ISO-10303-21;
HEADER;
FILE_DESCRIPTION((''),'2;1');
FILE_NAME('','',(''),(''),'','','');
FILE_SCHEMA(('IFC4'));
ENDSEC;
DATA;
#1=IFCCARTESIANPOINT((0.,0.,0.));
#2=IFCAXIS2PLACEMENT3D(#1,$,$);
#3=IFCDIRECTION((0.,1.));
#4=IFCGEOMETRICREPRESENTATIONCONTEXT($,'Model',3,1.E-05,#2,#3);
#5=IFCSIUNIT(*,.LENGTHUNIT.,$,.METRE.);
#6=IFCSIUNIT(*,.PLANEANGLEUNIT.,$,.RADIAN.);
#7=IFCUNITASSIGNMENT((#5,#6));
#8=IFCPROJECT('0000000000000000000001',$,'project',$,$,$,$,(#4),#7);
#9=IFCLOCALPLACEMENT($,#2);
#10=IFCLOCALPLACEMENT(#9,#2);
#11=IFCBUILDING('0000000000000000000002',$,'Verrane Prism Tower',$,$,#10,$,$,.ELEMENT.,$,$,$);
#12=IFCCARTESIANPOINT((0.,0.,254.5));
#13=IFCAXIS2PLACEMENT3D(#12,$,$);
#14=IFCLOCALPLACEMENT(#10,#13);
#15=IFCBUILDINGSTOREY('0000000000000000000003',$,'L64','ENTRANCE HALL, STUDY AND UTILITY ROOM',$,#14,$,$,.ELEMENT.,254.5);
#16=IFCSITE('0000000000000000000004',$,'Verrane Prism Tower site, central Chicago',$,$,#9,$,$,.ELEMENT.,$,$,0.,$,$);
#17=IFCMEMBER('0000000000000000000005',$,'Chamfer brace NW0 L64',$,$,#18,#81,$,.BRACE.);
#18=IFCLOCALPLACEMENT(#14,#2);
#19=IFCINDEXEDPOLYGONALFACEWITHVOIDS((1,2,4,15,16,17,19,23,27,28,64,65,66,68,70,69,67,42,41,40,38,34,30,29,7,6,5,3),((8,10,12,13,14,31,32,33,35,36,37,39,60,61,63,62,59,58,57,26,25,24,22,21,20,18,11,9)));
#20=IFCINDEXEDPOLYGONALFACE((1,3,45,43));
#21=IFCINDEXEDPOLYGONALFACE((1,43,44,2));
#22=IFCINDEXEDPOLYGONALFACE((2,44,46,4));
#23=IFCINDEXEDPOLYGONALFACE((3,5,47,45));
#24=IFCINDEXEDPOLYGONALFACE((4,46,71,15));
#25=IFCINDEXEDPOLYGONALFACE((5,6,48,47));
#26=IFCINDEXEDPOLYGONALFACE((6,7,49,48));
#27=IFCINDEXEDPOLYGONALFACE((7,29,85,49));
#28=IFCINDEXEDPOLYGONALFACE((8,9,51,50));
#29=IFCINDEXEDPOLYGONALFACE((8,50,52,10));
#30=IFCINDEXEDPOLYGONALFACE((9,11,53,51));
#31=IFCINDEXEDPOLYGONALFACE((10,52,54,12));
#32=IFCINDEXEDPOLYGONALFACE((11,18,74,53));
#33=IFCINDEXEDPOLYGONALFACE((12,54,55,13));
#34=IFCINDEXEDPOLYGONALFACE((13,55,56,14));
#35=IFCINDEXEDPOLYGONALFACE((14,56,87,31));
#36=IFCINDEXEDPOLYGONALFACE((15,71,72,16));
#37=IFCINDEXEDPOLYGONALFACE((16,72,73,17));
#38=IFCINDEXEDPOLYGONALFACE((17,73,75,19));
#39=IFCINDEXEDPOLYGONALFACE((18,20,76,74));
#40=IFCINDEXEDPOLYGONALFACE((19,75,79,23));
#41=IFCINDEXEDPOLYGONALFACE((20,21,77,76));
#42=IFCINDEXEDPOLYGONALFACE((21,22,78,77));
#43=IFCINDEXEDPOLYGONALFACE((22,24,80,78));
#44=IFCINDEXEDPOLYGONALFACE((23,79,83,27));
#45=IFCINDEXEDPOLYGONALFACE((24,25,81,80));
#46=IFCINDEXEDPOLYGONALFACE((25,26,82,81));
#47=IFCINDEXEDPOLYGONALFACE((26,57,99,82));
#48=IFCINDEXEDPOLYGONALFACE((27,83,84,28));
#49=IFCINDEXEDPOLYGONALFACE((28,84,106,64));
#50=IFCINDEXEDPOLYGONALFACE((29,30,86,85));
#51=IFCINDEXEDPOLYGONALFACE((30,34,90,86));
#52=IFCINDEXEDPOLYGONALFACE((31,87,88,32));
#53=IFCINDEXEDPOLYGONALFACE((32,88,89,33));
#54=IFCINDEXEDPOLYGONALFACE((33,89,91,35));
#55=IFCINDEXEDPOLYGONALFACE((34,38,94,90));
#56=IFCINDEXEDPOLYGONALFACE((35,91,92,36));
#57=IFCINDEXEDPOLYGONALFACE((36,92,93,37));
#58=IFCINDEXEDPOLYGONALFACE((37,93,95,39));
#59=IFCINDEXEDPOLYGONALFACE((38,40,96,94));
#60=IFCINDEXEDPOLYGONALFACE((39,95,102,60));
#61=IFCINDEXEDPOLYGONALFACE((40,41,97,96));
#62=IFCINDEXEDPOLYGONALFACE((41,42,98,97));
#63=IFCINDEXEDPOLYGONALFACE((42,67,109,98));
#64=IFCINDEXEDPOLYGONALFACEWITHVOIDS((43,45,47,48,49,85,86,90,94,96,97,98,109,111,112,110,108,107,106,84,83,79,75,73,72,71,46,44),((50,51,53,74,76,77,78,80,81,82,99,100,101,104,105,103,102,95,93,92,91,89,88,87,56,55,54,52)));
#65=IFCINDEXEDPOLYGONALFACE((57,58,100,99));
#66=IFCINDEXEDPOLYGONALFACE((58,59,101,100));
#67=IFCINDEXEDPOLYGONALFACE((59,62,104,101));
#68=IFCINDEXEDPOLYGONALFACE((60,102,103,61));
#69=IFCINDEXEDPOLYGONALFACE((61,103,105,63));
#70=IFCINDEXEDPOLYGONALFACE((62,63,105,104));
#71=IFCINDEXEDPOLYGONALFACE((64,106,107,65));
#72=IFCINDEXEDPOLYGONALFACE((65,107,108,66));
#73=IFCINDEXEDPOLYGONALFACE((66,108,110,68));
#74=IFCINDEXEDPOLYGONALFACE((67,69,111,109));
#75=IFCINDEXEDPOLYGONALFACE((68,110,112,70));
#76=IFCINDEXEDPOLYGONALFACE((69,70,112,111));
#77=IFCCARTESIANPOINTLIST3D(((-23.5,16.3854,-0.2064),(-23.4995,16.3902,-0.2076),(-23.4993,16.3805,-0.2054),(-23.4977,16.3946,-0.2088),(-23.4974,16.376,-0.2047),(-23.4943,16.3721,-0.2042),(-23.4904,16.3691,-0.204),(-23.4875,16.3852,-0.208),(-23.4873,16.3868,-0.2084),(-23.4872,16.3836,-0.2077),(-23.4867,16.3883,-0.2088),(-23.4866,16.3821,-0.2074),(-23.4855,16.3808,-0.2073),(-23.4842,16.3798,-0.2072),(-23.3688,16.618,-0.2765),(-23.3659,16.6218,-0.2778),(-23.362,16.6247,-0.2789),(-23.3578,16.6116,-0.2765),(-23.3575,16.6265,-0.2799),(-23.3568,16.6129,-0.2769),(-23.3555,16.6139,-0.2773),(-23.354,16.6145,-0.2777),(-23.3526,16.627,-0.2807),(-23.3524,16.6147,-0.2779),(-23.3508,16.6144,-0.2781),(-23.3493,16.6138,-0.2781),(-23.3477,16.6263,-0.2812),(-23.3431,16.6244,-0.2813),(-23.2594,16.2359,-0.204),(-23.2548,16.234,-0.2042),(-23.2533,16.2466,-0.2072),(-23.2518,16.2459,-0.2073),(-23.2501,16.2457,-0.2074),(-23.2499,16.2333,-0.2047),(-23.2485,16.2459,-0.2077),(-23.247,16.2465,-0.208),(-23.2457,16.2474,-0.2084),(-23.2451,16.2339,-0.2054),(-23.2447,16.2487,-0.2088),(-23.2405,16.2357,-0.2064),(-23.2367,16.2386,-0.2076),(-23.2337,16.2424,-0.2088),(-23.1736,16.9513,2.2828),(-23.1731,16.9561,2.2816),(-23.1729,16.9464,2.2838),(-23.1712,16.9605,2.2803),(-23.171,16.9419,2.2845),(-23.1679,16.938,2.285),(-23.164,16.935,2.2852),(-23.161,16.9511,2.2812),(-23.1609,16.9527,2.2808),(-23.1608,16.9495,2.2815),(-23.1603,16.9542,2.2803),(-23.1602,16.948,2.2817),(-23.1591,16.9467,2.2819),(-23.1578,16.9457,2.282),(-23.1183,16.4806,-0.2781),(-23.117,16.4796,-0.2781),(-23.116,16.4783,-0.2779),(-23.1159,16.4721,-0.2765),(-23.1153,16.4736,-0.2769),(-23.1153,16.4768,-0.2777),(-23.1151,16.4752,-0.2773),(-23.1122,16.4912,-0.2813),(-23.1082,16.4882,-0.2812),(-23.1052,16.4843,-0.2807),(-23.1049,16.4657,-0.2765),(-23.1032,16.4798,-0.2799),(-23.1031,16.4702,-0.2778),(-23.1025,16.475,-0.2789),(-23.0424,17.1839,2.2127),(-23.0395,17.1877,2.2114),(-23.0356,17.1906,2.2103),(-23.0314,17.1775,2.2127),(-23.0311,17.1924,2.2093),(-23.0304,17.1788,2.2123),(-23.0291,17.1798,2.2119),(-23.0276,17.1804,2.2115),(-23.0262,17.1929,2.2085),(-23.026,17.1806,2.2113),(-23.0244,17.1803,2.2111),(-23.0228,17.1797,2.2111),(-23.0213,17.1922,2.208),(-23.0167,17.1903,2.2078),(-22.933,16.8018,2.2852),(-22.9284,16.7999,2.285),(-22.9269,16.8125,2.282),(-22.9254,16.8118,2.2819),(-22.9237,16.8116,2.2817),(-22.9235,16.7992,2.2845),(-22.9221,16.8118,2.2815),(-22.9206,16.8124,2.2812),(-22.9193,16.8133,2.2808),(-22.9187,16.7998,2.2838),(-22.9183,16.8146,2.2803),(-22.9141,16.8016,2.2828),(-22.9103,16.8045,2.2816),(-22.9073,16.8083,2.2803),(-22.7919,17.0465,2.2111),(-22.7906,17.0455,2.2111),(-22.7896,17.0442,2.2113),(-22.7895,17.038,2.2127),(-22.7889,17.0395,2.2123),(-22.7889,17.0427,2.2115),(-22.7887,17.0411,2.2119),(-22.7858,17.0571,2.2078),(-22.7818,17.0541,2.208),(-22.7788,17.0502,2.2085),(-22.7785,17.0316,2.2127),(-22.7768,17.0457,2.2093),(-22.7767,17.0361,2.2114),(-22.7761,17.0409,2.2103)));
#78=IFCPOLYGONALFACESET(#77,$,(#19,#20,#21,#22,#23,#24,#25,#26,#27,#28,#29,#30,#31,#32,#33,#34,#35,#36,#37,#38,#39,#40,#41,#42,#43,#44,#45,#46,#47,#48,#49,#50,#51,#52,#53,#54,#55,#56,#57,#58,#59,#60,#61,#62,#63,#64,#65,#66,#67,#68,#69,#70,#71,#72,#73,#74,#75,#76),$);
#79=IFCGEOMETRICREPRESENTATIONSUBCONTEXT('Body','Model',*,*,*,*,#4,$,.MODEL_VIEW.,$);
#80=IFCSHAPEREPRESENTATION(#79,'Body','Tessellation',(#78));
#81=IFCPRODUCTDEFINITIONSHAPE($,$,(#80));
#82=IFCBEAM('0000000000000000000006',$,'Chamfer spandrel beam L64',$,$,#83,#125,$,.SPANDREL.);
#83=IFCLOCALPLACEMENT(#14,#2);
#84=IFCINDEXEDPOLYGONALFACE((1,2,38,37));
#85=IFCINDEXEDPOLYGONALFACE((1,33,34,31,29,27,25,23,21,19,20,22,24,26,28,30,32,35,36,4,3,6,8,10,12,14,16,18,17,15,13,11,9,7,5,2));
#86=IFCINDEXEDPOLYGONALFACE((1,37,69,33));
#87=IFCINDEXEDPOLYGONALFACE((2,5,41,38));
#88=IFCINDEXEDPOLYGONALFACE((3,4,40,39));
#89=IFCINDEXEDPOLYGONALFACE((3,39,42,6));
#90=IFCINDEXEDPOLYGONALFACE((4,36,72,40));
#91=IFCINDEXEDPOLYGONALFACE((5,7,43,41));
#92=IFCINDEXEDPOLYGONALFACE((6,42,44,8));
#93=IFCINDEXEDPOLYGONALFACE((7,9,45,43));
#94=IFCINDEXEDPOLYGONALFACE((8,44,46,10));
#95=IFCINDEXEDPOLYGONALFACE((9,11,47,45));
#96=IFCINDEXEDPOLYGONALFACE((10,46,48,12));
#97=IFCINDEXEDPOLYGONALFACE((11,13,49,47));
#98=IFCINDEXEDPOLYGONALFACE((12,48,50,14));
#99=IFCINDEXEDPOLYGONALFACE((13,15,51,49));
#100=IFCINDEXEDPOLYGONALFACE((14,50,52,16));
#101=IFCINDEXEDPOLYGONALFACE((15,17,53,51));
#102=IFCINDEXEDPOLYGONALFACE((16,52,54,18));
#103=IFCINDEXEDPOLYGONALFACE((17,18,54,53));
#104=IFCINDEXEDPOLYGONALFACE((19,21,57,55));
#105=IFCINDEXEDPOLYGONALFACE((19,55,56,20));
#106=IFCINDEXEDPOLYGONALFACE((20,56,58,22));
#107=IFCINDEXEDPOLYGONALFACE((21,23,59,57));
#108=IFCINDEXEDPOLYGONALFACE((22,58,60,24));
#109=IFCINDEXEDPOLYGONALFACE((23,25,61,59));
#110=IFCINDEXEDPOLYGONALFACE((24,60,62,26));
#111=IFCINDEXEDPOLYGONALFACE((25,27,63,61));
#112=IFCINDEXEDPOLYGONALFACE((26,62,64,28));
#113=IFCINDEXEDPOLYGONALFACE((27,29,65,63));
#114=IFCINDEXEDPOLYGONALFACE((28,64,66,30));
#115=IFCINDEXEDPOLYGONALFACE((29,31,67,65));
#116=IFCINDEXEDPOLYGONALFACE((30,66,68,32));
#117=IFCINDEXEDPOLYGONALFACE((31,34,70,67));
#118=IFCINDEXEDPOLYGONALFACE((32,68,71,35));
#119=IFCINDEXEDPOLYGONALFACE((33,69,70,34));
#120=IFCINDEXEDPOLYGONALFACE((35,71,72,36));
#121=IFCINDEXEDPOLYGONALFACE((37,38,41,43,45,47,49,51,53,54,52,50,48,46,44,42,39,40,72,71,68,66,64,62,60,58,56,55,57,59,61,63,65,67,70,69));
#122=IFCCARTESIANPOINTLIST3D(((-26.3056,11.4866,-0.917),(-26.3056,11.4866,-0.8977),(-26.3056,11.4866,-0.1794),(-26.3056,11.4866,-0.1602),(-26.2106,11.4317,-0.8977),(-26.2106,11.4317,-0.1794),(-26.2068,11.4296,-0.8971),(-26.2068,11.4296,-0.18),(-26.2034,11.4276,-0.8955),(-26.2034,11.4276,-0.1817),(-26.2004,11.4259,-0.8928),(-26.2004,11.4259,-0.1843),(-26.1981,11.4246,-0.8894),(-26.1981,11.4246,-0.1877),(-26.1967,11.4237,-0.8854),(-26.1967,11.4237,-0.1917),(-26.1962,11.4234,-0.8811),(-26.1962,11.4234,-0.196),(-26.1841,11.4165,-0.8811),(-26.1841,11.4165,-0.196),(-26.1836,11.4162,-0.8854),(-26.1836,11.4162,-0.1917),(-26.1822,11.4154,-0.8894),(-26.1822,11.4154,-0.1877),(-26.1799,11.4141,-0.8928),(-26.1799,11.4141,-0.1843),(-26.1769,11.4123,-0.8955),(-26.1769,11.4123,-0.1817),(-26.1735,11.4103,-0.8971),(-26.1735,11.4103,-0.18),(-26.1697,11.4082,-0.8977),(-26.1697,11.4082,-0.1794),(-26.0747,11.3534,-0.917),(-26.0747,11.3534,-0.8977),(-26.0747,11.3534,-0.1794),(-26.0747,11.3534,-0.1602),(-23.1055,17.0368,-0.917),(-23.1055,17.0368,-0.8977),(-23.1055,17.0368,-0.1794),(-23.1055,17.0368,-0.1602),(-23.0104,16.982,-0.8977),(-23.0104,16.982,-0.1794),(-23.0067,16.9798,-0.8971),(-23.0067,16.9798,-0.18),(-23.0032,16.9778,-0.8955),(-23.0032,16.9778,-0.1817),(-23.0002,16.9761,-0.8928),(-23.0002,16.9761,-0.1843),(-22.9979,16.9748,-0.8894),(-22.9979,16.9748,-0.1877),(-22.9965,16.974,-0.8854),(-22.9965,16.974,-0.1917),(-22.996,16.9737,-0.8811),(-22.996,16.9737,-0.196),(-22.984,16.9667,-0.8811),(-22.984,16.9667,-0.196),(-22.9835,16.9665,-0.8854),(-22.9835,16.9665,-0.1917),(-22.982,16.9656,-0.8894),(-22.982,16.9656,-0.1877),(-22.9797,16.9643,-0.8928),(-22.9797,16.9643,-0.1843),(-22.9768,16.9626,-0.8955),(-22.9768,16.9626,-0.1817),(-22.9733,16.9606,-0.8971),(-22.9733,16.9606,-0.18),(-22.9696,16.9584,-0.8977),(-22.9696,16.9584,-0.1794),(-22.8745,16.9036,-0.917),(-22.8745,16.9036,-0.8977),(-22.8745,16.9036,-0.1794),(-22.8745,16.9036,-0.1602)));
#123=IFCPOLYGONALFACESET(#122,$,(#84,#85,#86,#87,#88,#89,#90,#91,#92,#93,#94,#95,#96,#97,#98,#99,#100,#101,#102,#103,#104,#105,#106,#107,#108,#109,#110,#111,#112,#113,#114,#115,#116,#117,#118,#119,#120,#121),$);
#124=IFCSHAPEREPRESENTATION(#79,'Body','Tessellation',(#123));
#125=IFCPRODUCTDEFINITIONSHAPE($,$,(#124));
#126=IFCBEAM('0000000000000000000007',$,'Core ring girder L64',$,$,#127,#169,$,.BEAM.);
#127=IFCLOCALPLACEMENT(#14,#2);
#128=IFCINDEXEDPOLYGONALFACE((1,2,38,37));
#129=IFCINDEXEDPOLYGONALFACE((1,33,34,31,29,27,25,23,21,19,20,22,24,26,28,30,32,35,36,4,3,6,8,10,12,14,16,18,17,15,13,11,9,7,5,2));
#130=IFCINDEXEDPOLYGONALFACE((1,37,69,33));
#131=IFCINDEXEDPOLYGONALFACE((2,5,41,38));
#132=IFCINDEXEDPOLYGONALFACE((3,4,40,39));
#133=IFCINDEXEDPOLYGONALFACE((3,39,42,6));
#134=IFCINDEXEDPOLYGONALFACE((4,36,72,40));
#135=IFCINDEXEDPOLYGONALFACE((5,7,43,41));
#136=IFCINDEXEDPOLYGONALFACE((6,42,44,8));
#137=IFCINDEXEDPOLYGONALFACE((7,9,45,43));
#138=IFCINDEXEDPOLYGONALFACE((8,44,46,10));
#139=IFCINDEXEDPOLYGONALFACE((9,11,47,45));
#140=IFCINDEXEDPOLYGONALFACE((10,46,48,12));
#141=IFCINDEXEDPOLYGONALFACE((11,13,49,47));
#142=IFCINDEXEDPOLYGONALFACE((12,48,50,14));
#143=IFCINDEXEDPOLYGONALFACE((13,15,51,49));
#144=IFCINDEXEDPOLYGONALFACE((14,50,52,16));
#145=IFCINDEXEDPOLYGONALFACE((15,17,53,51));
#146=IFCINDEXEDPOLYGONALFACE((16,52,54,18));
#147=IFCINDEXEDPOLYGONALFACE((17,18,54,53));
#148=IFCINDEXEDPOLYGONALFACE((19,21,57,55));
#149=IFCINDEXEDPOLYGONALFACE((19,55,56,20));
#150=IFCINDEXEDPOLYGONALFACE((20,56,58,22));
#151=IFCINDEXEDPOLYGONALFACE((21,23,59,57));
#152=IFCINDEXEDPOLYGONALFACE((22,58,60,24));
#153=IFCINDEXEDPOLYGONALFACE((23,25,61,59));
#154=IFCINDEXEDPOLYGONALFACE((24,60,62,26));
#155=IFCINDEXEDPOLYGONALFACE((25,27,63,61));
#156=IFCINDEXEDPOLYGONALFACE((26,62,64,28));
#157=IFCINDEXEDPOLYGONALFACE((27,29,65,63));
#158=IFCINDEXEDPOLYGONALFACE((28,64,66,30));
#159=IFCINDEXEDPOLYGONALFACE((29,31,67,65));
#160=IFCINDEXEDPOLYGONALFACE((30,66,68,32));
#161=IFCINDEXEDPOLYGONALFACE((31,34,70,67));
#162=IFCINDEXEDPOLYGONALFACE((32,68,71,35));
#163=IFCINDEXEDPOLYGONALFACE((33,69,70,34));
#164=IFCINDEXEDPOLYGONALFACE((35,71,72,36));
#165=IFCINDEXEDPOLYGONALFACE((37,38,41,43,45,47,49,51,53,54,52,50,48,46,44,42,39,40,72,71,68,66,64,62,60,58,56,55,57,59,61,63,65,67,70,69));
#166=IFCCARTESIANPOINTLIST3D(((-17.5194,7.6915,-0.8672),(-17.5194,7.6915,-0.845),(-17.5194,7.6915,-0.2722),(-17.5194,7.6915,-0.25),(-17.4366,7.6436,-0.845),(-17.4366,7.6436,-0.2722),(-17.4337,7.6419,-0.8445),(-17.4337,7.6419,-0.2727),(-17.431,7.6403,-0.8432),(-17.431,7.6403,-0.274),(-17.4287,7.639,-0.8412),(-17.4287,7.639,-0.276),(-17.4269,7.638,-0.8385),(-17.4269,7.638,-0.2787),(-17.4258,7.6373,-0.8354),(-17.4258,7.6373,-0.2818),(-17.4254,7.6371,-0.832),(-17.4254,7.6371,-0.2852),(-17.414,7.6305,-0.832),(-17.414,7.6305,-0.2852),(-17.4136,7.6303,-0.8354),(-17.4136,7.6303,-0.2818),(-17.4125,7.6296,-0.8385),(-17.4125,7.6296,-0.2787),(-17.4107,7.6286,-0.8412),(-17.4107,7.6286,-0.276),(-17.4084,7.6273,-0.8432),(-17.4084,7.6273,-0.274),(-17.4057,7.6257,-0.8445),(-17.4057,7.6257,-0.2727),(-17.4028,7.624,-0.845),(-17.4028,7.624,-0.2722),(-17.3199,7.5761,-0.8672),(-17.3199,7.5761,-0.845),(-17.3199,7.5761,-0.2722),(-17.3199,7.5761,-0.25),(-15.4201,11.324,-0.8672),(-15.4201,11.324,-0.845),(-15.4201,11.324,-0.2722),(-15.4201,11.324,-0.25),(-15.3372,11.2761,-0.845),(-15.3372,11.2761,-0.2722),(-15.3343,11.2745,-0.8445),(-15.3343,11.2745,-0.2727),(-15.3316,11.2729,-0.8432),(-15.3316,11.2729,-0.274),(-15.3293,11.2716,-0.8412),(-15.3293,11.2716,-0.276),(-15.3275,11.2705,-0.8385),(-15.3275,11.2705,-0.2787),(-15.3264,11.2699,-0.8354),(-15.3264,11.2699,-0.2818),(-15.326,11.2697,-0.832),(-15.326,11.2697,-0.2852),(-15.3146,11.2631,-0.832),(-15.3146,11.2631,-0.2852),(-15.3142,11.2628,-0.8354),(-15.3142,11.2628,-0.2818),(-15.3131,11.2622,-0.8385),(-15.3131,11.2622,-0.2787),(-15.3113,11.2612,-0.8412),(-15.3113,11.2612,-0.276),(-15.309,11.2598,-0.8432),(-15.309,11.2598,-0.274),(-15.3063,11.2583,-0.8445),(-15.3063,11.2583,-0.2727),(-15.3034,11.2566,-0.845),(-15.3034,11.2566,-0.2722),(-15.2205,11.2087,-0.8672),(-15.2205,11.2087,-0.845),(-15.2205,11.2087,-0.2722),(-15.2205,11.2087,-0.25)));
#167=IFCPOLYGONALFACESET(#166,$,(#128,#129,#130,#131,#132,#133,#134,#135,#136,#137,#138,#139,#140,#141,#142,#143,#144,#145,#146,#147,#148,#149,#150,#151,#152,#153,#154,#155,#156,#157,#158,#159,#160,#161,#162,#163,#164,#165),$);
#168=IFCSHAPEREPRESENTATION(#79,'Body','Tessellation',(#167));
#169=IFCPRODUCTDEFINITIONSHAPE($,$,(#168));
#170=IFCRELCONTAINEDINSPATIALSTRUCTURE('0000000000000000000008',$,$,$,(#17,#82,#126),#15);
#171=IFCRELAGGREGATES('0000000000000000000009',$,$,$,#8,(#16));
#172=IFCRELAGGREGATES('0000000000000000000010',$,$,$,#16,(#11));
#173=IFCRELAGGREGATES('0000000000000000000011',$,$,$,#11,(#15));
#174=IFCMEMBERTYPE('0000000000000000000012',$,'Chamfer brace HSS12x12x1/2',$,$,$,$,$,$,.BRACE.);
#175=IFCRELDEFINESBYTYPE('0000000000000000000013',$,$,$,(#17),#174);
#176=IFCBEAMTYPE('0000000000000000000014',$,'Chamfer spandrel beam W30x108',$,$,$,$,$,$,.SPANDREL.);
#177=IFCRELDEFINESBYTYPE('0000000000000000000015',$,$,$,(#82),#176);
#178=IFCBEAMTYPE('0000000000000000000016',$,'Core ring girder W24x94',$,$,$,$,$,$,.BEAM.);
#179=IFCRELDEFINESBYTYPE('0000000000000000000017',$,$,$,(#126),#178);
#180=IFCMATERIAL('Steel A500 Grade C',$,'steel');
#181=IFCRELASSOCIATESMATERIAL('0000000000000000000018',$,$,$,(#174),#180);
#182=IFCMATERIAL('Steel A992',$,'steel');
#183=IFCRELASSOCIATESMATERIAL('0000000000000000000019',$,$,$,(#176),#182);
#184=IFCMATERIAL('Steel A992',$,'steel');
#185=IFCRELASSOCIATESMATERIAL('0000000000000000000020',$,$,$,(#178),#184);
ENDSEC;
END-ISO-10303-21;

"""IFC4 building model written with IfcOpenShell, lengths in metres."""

from ifc_helpers import new_model, si_unit, direction, frame, origin, origin_2d, place, context, subcontext, project, spatial, hollow_rectangle, i_section, extrude, material, material_profile, profile_set, type_object, element, save


model = new_model("IFC4")

# Units and contexts
model_context = context("Model", 3, precision=1e-05, world=origin(), true_north=direction((0.0, 1.0)))
body_context = subcontext(model_context, "Body", "Model", "MODEL_VIEW")
ifc_project = project(units=[si_unit("LENGTHUNIT", "METRE"), si_unit("PLANEANGLEUNIT", "RADIAN")], contexts=[model_context])

# Site, building, storey
site_placement = place(None, origin())
site = spatial("IfcSite", under=ifc_project, at=site_placement, Name="Verrane Prism Tower site, central Chicago", CompositionType="ELEMENT", RefElevation=0.0)
building_placement = place(site_placement, origin())
building = spatial("IfcBuilding", under=site, at=building_placement, Name="Verrane Prism Tower", CompositionType="ELEMENT")
storey_placement = place(building_placement, frame((0.0, 0.0, 254.5)))
storey = spatial("IfcBuildingStorey", under=building, at=storey_placement, Name="L64", Description="ENTRANCE HALL, STUDY AND UTILITY ROOM", CompositionType="ELEMENT", Elevation=254.5)

# Member
ifc_material_1 = material(Name="Steel A500 Grade C", Category="steel")
ifc_material_profile_1 = material_profile(ifc_material_1, hollow_rectangle(XDim=0.3047, YDim=0.3047, WallThickness=0.0127, InnerFilletRadius=0.0063, OuterFilletRadius=0.019, at=origin_2d()), Name="HSS12x12x1/2")
ifc_profile_set_1 = profile_set([ifc_material_profile_1], Name="Steel A500 Grade C")
member_type_1 = type_object("IfcMemberType", Name="Chamfer brace HSS12x12x1/2", PredefinedType="BRACE", material=ifc_profile_set_1)
member_1_placement = place(storey_placement, frame((-23.3013, 16.4302, -0.2427), z_axis=(0.126834, 0.219897, 0.967243), x_axis=(-0.866235, 0.499636, 0.0)))
element("IfcMember", 1, at=member_1_placement, inside=storey, type_object=member_type_1, Name="Chamfer brace NW0 L64", PredefinedType="BRACE", context=body_context, shape_type="SweptSolid", body=[
    extrude(hollow_rectangle(XDim=0.3047, YDim=0.3047, WallThickness=0.0127, InnerFilletRadius=0.0063, OuterFilletRadius=0.019, at=origin_2d()), origin(), (0.0, 0.0, 1.0), 2.5735),
])

# Beams
ifc_material_2 = material(Name="Steel A992", Category="steel")
ifc_material_profile_2 = material_profile(ifc_material_2, i_section(OverallWidth=0.2666, OverallDepth=0.7568, WebThickness=0.0139, FlangeThickness=0.0193, FilletRadius=0.0166, at=origin_2d()), Name="W30x108")
ifc_profile_set_2 = profile_set([ifc_material_profile_2], Name="Steel A992")
beam_type_1 = type_object("IfcBeamType", Name="Chamfer spandrel beam W30x108", PredefinedType="SPANDREL", material=ifc_profile_set_2)
beam_1_placement = place(storey_placement, frame((-22.99, 16.9702, -0.5386), z_axis=(-0.4995, -0.866314, 0.0), x_axis=(0.866314, -0.4995, 0.0)))
element("IfcBeam", 2, at=beam_1_placement, inside=storey, type_object=beam_type_1, Name="Chamfer spandrel beam L64", PredefinedType="SPANDREL", context=body_context, shape_type="SweptSolid", body=[
    extrude(i_section(OverallWidth=0.2666, OverallDepth=0.7568, WebThickness=0.0139, FlangeThickness=0.0193, FilletRadius=0.0166, at=origin_2d()), origin(), (0.0, 0.0, 1.0), 6.4067),
])
ifc_material_3 = material(Name="Steel A992", Category="steel")
ifc_material_profile_3 = material_profile(ifc_material_3, i_section(OverallWidth=0.2305, OverallDepth=0.6172, WebThickness=0.0132, FlangeThickness=0.0222, FilletRadius=0.0129, at=origin_2d()), Name="W24x94")
ifc_profile_set_3 = profile_set([ifc_material_profile_3], Name="Steel A992")
beam_type_2 = type_object("IfcBeamType", Name="Core ring girder W24x94", PredefinedType="BEAM", material=ifc_profile_set_3)
beam_2_placement = place(storey_placement, frame((-15.3203, 11.2664, -0.5586), z_axis=(-0.500376, -0.865808, 0.0), x_axis=(0.865808, -0.500376, 0.0)))
element("IfcBeam", 3, at=beam_2_placement, inside=storey, type_object=beam_type_2, Name="Core ring girder L64", PredefinedType="BEAM", context=body_context, shape_type="SweptSolid", body=[
    extrude(i_section(OverallWidth=0.2305, OverallDepth=0.6172, WebThickness=0.0132, FlangeThickness=0.0222, FilletRadius=0.0129, at=origin_2d()), origin(), (0.0, 0.0, 1.0), 4.1956),
])

save(model, "model.ifc")
